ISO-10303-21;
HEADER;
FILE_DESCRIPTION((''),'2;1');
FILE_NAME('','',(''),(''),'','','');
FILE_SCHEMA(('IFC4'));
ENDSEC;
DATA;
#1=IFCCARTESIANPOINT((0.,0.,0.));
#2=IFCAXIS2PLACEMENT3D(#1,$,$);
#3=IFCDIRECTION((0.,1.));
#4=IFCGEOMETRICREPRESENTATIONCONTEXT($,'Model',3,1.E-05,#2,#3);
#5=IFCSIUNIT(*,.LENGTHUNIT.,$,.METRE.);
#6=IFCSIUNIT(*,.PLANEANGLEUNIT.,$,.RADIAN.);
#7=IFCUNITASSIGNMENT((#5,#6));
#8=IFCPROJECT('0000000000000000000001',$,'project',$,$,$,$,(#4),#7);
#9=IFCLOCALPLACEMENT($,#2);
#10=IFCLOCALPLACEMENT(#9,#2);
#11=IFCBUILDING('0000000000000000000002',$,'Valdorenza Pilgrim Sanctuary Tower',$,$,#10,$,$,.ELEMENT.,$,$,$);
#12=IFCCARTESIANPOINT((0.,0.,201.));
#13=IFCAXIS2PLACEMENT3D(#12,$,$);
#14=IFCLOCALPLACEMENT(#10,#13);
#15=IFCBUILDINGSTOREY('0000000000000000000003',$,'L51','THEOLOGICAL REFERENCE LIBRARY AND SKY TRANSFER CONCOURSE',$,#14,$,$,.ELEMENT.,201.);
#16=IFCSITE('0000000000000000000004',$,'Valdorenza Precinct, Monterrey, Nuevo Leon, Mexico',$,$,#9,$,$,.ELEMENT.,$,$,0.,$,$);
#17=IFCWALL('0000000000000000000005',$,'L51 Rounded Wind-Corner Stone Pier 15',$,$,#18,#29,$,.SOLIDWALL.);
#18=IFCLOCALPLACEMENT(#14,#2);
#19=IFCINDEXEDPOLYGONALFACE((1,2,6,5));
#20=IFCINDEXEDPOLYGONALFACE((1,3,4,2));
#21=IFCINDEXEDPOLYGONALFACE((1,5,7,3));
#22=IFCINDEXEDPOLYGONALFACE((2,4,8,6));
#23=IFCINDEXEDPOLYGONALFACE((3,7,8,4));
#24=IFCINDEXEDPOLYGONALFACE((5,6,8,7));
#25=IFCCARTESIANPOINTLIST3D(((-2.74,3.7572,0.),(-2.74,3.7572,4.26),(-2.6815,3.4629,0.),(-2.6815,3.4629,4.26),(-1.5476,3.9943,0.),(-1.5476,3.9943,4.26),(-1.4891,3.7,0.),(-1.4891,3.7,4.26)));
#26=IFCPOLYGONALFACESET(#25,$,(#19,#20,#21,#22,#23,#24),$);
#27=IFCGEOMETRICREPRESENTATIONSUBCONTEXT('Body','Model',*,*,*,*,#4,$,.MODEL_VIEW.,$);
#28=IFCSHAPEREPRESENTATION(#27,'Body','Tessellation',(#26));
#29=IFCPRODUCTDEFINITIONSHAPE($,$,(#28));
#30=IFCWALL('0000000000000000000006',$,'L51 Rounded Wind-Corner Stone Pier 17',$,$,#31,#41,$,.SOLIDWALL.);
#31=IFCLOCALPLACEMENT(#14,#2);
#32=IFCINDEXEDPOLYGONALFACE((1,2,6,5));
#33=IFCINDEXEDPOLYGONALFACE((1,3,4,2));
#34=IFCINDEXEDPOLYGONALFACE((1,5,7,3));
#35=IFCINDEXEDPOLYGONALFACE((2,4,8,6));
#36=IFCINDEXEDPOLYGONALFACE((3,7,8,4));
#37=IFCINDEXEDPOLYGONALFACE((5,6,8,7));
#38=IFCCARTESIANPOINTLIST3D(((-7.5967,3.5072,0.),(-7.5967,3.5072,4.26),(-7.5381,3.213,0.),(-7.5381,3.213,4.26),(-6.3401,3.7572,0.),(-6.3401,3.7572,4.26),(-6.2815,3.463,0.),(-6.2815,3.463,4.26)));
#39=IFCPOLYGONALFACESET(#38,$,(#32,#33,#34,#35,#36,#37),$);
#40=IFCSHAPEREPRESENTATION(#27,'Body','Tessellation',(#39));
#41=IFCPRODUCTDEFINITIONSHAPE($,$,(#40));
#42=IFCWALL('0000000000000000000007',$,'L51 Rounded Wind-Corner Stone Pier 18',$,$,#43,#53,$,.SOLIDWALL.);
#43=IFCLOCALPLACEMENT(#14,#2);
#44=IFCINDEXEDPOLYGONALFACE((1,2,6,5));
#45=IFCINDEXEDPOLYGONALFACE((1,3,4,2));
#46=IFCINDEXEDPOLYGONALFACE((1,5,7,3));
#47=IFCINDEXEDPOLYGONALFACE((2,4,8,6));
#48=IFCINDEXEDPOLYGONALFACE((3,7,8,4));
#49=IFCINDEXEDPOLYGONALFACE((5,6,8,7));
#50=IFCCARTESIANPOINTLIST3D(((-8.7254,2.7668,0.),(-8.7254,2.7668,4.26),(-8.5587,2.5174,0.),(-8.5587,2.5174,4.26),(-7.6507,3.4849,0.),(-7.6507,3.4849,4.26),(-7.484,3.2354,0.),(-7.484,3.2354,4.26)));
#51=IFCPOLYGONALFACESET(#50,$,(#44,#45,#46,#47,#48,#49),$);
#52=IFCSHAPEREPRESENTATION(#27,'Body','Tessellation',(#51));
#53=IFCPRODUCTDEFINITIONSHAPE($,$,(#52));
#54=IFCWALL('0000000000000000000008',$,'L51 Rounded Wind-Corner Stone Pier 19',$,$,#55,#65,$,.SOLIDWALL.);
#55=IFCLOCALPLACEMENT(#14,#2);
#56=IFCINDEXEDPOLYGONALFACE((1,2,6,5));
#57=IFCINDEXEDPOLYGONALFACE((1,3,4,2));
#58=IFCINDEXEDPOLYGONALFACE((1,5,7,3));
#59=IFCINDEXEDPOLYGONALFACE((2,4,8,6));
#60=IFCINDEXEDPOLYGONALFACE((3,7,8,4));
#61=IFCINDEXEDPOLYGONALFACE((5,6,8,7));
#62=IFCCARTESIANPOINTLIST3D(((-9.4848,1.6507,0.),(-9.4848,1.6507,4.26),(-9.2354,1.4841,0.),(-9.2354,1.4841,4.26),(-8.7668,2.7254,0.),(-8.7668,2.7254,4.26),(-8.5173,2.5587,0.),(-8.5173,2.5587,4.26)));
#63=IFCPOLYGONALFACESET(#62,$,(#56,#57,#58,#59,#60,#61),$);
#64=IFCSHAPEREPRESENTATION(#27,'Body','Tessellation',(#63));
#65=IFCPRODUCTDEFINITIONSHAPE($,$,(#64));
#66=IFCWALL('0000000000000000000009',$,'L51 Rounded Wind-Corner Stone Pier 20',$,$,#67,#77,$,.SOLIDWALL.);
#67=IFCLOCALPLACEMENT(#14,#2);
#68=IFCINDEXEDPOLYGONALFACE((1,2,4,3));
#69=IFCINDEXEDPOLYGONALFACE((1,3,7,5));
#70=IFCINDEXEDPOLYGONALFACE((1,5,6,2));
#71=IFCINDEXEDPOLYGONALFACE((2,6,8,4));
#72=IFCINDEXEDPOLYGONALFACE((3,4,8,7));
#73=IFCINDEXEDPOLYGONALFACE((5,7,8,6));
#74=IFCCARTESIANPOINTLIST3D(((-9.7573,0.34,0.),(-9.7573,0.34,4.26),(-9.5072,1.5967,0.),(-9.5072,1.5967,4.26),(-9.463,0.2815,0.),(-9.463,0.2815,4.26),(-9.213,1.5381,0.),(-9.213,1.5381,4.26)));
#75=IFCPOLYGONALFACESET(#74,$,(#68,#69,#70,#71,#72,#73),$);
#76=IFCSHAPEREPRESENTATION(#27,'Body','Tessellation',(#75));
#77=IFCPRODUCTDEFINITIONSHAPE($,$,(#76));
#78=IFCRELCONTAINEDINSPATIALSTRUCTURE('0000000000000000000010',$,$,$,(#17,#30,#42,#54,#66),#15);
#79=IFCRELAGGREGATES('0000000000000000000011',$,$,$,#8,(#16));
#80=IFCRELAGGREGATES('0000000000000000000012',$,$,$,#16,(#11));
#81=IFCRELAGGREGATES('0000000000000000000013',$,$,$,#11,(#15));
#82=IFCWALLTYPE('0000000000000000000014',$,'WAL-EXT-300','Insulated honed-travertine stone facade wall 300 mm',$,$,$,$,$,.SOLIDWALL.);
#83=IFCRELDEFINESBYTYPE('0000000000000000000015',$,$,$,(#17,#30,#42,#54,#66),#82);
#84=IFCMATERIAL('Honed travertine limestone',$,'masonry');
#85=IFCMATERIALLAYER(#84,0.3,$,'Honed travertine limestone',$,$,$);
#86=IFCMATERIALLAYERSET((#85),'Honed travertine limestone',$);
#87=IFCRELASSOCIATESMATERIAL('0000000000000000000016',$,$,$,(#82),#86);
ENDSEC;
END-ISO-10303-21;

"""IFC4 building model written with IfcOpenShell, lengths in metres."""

from ifc_helpers import new_model, si_unit, direction, frame, frame_2d, origin, place, context, subcontext, project, spatial, rectangle, extrude, material, layer, layer_set, type_object, element, save


model = new_model("IFC4")

# Units and contexts
model_context = context("Model", 3, precision=1e-05, world=origin(), true_north=direction((0.0, 1.0)))
body_context = subcontext(model_context, "Body", "Model", "MODEL_VIEW")
ifc_project = project(units=[si_unit("LENGTHUNIT", "METRE"), si_unit("PLANEANGLEUNIT", "RADIAN")], contexts=[model_context])

# Site, building, storey
site_placement = place(None, origin())
site = spatial("IfcSite", under=ifc_project, at=site_placement, Name="Valdorenza Precinct, Monterrey, Nuevo Leon, Mexico", CompositionType="ELEMENT", RefElevation=0.0)
building_placement = place(site_placement, origin())
building = spatial("IfcBuilding", under=site, at=building_placement, Name="Valdorenza Pilgrim Sanctuary Tower", CompositionType="ELEMENT")
storey_placement = place(building_placement, frame((0.0, 0.0, 201.0)))
storey = spatial("IfcBuildingStorey", under=building, at=storey_placement, Name="L51", Description="THEOLOGICAL REFERENCE LIBRARY AND SKY TRANSFER CONCOURSE", CompositionType="ELEMENT", Elevation=201.0)

# Shared definitions
ifc_material_1 = material(Name="Honed travertine limestone", Category="masonry")

# Walls
ifc_layer_1 = layer(ifc_material_1, 0.3, Name="Honed travertine limestone")
ifc_layer_set_1 = layer_set([ifc_layer_1], Name="Honed travertine limestone")
wall_type = type_object("IfcWallType", Name="WAL-EXT-300", Description="Insulated honed-travertine stone facade wall 300 mm", PredefinedType="SOLIDWALL", material=ifc_layer_set_1)
wall_1_placement = place(storey_placement, frame((-1.5183, 3.8472, 0.0), z_axis=(0.0, 0.0, 1.0), x_axis=(-0.980804, -0.194996, 0.0)))
element("IfcWall", 1, at=wall_1_placement, inside=storey, type_object=wall_type, Name="L51 Rounded Wind-Corner Stone Pier 15", PredefinedType="SOLIDWALL", context=body_context, shape_type="SweptSolid", body=[
    extrude(rectangle(XDim=1.2158, YDim=0.3, at=frame_2d((0.6079, 0.0))), origin(), (0.0, 0.0, 1.0), 4.26),
])
wall_2_placement = place(storey_placement, frame((-6.3108, 3.6101, 0.0), z_axis=(0.0, 0.0, 1.0), x_axis=(-0.980778, -0.195127, 0.0)))
element("IfcWall", 2, at=wall_2_placement, inside=storey, type_object=wall_type, Name="L51 Rounded Wind-Corner Stone Pier 17", PredefinedType="SOLIDWALL", context=body_context, shape_type="SweptSolid", body=[
    extrude(rectangle(XDim=1.2812, YDim=0.3, at=frame_2d((0.6406, 0.0))), origin(), (0.0, 0.0, 1.0), 4.26),
])
for number, where, z_axis, x_axis, name in (
    (3, (-7.5674, 3.3601, 0.0), (0.0, 0.0, 1.0), (-0.831498, -0.555528, 0.0), "L51 Rounded Wind-Corner Stone Pier 18"),
    (4, (-8.6421, 2.6421, 0.0), (0.0, 0.0, 1.0), (-0.555528, -0.831498, 0.0), "L51 Rounded Wind-Corner Stone Pier 19"),
):
    element("IfcWall", number, at=place(storey_placement, frame(where, z_axis=z_axis, x_axis=x_axis)), inside=storey, type_object=wall_type, Name=name, PredefinedType="SOLIDWALL", context=body_context, shape_type="SweptSolid", body=[
        extrude(rectangle(XDim=1.2925, YDim=0.3, at=frame_2d((0.6462, 0.0))), origin(), (0.0, 0.0, 1.0), 4.26),
    ])
wall_3_placement = place(storey_placement, frame((-9.3601, 1.5674, 0.0), z_axis=(0.0, 0.0, 1.0), x_axis=(-0.195127, -0.980778, 0.0)))
element("IfcWall", 5, at=wall_3_placement, inside=storey, type_object=wall_type, Name="L51 Rounded Wind-Corner Stone Pier 20", PredefinedType="SOLIDWALL", context=body_context, shape_type="SweptSolid", body=[
    extrude(rectangle(XDim=1.2812, YDim=0.3, at=frame_2d((0.6406, 0.0))), origin(), (0.0, 0.0, 1.0), 4.26),
])

save(model, "model.ifc")
